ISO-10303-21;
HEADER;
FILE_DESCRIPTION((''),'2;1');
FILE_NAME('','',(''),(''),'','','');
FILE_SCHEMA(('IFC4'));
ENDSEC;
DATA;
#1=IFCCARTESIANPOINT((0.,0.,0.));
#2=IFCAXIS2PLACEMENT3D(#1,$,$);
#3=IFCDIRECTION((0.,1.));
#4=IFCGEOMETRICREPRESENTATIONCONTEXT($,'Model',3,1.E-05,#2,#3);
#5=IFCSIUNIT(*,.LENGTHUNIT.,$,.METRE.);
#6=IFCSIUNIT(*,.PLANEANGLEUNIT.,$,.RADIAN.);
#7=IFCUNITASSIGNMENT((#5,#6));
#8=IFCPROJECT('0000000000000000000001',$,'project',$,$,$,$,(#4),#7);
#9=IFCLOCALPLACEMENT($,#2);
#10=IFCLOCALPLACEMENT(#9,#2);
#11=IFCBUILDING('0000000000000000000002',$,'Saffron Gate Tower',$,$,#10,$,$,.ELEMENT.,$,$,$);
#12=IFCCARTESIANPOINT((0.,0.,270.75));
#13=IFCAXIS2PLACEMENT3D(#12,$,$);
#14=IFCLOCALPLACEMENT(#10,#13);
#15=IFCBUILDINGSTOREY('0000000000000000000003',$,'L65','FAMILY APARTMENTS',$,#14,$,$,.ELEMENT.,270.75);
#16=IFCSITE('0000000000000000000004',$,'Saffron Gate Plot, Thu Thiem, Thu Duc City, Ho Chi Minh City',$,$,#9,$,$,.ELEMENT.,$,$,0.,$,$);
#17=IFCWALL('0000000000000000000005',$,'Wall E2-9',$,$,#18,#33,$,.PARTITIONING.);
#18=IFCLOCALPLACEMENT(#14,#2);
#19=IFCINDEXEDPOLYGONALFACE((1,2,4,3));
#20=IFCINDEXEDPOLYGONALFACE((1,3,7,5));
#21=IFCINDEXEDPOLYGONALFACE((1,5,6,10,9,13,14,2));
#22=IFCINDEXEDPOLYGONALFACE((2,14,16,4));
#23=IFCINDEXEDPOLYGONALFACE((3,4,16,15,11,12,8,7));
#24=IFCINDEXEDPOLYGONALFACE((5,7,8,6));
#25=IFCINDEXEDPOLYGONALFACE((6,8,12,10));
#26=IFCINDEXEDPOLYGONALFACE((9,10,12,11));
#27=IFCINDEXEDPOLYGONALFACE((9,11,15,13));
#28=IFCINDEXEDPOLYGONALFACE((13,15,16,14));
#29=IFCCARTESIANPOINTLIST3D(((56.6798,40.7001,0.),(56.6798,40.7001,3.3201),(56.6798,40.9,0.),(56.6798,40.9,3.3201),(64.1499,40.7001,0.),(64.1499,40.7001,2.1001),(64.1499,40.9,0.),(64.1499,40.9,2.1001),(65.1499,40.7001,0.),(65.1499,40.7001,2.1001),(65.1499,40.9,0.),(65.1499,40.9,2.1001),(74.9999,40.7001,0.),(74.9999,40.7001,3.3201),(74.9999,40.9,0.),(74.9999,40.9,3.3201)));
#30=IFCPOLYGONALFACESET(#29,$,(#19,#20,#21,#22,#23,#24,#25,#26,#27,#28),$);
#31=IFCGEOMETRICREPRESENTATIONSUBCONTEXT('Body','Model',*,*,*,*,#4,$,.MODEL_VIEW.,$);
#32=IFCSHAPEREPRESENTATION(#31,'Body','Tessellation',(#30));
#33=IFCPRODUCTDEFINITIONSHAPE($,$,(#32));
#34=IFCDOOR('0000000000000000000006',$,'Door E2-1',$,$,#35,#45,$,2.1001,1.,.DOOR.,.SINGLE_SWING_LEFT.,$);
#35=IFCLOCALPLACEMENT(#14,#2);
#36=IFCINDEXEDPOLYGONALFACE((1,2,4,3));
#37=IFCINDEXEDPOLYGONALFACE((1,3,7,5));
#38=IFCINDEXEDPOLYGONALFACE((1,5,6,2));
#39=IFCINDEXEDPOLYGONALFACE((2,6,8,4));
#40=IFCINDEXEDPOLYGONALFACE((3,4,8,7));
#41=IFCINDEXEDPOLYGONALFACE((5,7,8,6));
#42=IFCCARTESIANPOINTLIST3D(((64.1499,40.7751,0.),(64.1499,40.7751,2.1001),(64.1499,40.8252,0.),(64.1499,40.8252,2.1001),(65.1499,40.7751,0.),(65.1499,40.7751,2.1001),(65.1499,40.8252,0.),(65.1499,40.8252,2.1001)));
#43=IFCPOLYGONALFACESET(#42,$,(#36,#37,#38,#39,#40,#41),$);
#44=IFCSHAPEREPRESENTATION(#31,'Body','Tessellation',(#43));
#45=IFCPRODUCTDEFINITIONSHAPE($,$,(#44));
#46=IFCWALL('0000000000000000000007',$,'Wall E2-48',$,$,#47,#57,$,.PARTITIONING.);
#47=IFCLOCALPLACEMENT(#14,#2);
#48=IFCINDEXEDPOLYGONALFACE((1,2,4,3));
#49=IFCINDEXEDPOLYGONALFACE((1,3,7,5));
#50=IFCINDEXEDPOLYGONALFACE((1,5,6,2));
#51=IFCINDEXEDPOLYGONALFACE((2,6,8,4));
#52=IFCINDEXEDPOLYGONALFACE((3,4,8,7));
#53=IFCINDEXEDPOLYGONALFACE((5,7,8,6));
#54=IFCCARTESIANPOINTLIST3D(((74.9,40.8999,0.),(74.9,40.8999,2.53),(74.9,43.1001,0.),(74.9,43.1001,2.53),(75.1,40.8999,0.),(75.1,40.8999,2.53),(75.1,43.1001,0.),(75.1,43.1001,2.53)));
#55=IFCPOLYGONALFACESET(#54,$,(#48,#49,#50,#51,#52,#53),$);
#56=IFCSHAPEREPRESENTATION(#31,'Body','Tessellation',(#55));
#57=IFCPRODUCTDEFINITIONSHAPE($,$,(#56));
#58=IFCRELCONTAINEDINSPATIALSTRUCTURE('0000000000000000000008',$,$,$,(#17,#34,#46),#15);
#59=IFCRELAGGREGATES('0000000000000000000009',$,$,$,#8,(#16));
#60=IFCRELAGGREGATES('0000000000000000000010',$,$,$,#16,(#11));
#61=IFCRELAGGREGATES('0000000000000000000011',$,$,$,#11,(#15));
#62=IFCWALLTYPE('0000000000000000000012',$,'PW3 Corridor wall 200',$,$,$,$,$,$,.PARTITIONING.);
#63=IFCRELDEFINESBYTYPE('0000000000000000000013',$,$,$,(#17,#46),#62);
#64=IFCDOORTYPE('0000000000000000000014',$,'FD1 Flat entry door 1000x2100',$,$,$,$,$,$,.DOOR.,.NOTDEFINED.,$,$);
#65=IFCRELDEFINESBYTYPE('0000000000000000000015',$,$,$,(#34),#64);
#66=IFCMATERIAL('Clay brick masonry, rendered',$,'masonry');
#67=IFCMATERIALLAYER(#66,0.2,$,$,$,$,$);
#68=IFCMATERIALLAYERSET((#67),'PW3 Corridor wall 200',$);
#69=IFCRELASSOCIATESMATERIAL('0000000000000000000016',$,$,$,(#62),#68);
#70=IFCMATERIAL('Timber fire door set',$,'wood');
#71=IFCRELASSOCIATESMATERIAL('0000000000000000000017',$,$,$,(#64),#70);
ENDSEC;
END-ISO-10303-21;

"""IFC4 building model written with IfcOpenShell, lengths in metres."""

from ifc_helpers import new_model, si_unit, direction, frame, frame_2d, origin, place, context, subcontext, project, spatial, rectangle, extrude, material, layer, layer_set, type_object, element, fill, save


model = new_model("IFC4")

# Units and contexts
model_context = context("Model", 3, precision=1e-05, world=origin(), true_north=direction((0.0, 1.0)))
body_context = subcontext(model_context, "Body", "Model", "MODEL_VIEW")
ifc_project = project(units=[si_unit("LENGTHUNIT", "METRE"), si_unit("PLANEANGLEUNIT", "RADIAN")], contexts=[model_context])

# Site, building, storey
site_placement = place(None, origin())
site = spatial("IfcSite", under=ifc_project, at=site_placement, Name="Saffron Gate Plot, Thu Thiem, Thu Duc City, Ho Chi Minh City", CompositionType="ELEMENT", RefElevation=0.0)
building_placement = place(site_placement, origin())
building = spatial("IfcBuilding", under=site, at=building_placement, Name="Saffron Gate Tower", CompositionType="ELEMENT")
storey_placement = place(building_placement, frame((0.0, 0.0, 270.75)))
storey = spatial("IfcBuildingStorey", under=building, at=storey_placement, Name="L65", Description="FAMILY APARTMENTS", CompositionType="ELEMENT", Elevation=270.75)

# Shared definitions
ifc_material_1 = material(Name="Clay brick masonry, rendered", Category="masonry")

# Wall, opening, door
ifc_layer_1 = layer(ifc_material_1, 0.2)
ifc_layer_set_1 = layer_set([ifc_layer_1], Name="PW3 Corridor wall 200")
wall_type_1 = type_object("IfcWallType", Name="PW3 Corridor wall 200", PredefinedType="PARTITIONING", material=ifc_layer_set_1)
wall_1_placement = place(storey_placement, frame((75.0, 40.8, 0.0), z_axis=(0.0, 0.0, 1.0), x_axis=(-1.0, 0.0, 0.0)))
wall_1 = element("IfcWall", 1, at=wall_1_placement, inside=storey, type_object=wall_type_1, Name="Wall E2-9", PredefinedType="PARTITIONING", context=body_context, shape_type="SweptSolid", body=[
    extrude(rectangle(XDim=18.3201, YDim=0.2, at=frame_2d((9.1602, 0.0))), origin(), (0.0, 0.0, 1.0), 3.3201),
])
opening_1_placement = place(wall_1_placement, frame((9.8501, 0.0, 0.0)))
opening_1 = element("IfcOpeningElement", 2, at=opening_1_placement, cuts=wall_1, PredefinedType="OPENING", context=body_context, shape_type="SweptSolid", body=[
    extrude(rectangle(XDim=1.0, YDim=2.1001, at=frame_2d((0.5, 1.05))), frame((0.0, 0.1099, 0.0), z_axis=(0.0, -1.0, 0.0), x_axis=(1.0, 0.0, 0.0)), (0.0, 0.0, 1.0), 0.22),
])
ifc_material_2 = material(Name="Timber fire door set", Category="wood")
door_type_1 = type_object("IfcDoorType", Name="FD1 Flat entry door 1000x2100", OperationType="NOTDEFINED", PredefinedType="DOOR", material=ifc_material_2)
door_1_placement = place(opening_1_placement, origin())
door_1 = element("IfcDoor", 3, at=door_1_placement, inside=storey, type_object=door_type_1, Name="Door E2-1", OperationType="SINGLE_SWING_LEFT", OverallHeight=2.1001, OverallWidth=1.0, PredefinedType="DOOR", context=body_context, shape_type="SweptSolid", body=[
    extrude(rectangle(XDim=1.0, YDim=2.1001, at=frame_2d((0.5, 1.05))), frame((0.0, 0.0249, 0.0), z_axis=(0.0, -1.0, 0.0), x_axis=(1.0, 0.0, 0.0)), (0.0, 0.0, 1.0), 0.05),
])
fill(opening_1, door_1)

# Wall
wall_2_placement = place(storey_placement, frame((75.0, 43.1001, 0.0), z_axis=(0.0, 0.0, 1.0), x_axis=(0.0, -1.0, 0.0)))
element("IfcWall", 4, at=wall_2_placement, inside=storey, type_object=wall_type_1, Name="Wall E2-48", PredefinedType="PARTITIONING", context=body_context, shape_type="SweptSolid", body=[
    extrude(rectangle(XDim=2.2002, YDim=0.2, at=frame_2d((1.1001, 0.0))), origin(), (0.0, 0.0, 1.0), 2.53),
])

save(model, "model.ifc")
